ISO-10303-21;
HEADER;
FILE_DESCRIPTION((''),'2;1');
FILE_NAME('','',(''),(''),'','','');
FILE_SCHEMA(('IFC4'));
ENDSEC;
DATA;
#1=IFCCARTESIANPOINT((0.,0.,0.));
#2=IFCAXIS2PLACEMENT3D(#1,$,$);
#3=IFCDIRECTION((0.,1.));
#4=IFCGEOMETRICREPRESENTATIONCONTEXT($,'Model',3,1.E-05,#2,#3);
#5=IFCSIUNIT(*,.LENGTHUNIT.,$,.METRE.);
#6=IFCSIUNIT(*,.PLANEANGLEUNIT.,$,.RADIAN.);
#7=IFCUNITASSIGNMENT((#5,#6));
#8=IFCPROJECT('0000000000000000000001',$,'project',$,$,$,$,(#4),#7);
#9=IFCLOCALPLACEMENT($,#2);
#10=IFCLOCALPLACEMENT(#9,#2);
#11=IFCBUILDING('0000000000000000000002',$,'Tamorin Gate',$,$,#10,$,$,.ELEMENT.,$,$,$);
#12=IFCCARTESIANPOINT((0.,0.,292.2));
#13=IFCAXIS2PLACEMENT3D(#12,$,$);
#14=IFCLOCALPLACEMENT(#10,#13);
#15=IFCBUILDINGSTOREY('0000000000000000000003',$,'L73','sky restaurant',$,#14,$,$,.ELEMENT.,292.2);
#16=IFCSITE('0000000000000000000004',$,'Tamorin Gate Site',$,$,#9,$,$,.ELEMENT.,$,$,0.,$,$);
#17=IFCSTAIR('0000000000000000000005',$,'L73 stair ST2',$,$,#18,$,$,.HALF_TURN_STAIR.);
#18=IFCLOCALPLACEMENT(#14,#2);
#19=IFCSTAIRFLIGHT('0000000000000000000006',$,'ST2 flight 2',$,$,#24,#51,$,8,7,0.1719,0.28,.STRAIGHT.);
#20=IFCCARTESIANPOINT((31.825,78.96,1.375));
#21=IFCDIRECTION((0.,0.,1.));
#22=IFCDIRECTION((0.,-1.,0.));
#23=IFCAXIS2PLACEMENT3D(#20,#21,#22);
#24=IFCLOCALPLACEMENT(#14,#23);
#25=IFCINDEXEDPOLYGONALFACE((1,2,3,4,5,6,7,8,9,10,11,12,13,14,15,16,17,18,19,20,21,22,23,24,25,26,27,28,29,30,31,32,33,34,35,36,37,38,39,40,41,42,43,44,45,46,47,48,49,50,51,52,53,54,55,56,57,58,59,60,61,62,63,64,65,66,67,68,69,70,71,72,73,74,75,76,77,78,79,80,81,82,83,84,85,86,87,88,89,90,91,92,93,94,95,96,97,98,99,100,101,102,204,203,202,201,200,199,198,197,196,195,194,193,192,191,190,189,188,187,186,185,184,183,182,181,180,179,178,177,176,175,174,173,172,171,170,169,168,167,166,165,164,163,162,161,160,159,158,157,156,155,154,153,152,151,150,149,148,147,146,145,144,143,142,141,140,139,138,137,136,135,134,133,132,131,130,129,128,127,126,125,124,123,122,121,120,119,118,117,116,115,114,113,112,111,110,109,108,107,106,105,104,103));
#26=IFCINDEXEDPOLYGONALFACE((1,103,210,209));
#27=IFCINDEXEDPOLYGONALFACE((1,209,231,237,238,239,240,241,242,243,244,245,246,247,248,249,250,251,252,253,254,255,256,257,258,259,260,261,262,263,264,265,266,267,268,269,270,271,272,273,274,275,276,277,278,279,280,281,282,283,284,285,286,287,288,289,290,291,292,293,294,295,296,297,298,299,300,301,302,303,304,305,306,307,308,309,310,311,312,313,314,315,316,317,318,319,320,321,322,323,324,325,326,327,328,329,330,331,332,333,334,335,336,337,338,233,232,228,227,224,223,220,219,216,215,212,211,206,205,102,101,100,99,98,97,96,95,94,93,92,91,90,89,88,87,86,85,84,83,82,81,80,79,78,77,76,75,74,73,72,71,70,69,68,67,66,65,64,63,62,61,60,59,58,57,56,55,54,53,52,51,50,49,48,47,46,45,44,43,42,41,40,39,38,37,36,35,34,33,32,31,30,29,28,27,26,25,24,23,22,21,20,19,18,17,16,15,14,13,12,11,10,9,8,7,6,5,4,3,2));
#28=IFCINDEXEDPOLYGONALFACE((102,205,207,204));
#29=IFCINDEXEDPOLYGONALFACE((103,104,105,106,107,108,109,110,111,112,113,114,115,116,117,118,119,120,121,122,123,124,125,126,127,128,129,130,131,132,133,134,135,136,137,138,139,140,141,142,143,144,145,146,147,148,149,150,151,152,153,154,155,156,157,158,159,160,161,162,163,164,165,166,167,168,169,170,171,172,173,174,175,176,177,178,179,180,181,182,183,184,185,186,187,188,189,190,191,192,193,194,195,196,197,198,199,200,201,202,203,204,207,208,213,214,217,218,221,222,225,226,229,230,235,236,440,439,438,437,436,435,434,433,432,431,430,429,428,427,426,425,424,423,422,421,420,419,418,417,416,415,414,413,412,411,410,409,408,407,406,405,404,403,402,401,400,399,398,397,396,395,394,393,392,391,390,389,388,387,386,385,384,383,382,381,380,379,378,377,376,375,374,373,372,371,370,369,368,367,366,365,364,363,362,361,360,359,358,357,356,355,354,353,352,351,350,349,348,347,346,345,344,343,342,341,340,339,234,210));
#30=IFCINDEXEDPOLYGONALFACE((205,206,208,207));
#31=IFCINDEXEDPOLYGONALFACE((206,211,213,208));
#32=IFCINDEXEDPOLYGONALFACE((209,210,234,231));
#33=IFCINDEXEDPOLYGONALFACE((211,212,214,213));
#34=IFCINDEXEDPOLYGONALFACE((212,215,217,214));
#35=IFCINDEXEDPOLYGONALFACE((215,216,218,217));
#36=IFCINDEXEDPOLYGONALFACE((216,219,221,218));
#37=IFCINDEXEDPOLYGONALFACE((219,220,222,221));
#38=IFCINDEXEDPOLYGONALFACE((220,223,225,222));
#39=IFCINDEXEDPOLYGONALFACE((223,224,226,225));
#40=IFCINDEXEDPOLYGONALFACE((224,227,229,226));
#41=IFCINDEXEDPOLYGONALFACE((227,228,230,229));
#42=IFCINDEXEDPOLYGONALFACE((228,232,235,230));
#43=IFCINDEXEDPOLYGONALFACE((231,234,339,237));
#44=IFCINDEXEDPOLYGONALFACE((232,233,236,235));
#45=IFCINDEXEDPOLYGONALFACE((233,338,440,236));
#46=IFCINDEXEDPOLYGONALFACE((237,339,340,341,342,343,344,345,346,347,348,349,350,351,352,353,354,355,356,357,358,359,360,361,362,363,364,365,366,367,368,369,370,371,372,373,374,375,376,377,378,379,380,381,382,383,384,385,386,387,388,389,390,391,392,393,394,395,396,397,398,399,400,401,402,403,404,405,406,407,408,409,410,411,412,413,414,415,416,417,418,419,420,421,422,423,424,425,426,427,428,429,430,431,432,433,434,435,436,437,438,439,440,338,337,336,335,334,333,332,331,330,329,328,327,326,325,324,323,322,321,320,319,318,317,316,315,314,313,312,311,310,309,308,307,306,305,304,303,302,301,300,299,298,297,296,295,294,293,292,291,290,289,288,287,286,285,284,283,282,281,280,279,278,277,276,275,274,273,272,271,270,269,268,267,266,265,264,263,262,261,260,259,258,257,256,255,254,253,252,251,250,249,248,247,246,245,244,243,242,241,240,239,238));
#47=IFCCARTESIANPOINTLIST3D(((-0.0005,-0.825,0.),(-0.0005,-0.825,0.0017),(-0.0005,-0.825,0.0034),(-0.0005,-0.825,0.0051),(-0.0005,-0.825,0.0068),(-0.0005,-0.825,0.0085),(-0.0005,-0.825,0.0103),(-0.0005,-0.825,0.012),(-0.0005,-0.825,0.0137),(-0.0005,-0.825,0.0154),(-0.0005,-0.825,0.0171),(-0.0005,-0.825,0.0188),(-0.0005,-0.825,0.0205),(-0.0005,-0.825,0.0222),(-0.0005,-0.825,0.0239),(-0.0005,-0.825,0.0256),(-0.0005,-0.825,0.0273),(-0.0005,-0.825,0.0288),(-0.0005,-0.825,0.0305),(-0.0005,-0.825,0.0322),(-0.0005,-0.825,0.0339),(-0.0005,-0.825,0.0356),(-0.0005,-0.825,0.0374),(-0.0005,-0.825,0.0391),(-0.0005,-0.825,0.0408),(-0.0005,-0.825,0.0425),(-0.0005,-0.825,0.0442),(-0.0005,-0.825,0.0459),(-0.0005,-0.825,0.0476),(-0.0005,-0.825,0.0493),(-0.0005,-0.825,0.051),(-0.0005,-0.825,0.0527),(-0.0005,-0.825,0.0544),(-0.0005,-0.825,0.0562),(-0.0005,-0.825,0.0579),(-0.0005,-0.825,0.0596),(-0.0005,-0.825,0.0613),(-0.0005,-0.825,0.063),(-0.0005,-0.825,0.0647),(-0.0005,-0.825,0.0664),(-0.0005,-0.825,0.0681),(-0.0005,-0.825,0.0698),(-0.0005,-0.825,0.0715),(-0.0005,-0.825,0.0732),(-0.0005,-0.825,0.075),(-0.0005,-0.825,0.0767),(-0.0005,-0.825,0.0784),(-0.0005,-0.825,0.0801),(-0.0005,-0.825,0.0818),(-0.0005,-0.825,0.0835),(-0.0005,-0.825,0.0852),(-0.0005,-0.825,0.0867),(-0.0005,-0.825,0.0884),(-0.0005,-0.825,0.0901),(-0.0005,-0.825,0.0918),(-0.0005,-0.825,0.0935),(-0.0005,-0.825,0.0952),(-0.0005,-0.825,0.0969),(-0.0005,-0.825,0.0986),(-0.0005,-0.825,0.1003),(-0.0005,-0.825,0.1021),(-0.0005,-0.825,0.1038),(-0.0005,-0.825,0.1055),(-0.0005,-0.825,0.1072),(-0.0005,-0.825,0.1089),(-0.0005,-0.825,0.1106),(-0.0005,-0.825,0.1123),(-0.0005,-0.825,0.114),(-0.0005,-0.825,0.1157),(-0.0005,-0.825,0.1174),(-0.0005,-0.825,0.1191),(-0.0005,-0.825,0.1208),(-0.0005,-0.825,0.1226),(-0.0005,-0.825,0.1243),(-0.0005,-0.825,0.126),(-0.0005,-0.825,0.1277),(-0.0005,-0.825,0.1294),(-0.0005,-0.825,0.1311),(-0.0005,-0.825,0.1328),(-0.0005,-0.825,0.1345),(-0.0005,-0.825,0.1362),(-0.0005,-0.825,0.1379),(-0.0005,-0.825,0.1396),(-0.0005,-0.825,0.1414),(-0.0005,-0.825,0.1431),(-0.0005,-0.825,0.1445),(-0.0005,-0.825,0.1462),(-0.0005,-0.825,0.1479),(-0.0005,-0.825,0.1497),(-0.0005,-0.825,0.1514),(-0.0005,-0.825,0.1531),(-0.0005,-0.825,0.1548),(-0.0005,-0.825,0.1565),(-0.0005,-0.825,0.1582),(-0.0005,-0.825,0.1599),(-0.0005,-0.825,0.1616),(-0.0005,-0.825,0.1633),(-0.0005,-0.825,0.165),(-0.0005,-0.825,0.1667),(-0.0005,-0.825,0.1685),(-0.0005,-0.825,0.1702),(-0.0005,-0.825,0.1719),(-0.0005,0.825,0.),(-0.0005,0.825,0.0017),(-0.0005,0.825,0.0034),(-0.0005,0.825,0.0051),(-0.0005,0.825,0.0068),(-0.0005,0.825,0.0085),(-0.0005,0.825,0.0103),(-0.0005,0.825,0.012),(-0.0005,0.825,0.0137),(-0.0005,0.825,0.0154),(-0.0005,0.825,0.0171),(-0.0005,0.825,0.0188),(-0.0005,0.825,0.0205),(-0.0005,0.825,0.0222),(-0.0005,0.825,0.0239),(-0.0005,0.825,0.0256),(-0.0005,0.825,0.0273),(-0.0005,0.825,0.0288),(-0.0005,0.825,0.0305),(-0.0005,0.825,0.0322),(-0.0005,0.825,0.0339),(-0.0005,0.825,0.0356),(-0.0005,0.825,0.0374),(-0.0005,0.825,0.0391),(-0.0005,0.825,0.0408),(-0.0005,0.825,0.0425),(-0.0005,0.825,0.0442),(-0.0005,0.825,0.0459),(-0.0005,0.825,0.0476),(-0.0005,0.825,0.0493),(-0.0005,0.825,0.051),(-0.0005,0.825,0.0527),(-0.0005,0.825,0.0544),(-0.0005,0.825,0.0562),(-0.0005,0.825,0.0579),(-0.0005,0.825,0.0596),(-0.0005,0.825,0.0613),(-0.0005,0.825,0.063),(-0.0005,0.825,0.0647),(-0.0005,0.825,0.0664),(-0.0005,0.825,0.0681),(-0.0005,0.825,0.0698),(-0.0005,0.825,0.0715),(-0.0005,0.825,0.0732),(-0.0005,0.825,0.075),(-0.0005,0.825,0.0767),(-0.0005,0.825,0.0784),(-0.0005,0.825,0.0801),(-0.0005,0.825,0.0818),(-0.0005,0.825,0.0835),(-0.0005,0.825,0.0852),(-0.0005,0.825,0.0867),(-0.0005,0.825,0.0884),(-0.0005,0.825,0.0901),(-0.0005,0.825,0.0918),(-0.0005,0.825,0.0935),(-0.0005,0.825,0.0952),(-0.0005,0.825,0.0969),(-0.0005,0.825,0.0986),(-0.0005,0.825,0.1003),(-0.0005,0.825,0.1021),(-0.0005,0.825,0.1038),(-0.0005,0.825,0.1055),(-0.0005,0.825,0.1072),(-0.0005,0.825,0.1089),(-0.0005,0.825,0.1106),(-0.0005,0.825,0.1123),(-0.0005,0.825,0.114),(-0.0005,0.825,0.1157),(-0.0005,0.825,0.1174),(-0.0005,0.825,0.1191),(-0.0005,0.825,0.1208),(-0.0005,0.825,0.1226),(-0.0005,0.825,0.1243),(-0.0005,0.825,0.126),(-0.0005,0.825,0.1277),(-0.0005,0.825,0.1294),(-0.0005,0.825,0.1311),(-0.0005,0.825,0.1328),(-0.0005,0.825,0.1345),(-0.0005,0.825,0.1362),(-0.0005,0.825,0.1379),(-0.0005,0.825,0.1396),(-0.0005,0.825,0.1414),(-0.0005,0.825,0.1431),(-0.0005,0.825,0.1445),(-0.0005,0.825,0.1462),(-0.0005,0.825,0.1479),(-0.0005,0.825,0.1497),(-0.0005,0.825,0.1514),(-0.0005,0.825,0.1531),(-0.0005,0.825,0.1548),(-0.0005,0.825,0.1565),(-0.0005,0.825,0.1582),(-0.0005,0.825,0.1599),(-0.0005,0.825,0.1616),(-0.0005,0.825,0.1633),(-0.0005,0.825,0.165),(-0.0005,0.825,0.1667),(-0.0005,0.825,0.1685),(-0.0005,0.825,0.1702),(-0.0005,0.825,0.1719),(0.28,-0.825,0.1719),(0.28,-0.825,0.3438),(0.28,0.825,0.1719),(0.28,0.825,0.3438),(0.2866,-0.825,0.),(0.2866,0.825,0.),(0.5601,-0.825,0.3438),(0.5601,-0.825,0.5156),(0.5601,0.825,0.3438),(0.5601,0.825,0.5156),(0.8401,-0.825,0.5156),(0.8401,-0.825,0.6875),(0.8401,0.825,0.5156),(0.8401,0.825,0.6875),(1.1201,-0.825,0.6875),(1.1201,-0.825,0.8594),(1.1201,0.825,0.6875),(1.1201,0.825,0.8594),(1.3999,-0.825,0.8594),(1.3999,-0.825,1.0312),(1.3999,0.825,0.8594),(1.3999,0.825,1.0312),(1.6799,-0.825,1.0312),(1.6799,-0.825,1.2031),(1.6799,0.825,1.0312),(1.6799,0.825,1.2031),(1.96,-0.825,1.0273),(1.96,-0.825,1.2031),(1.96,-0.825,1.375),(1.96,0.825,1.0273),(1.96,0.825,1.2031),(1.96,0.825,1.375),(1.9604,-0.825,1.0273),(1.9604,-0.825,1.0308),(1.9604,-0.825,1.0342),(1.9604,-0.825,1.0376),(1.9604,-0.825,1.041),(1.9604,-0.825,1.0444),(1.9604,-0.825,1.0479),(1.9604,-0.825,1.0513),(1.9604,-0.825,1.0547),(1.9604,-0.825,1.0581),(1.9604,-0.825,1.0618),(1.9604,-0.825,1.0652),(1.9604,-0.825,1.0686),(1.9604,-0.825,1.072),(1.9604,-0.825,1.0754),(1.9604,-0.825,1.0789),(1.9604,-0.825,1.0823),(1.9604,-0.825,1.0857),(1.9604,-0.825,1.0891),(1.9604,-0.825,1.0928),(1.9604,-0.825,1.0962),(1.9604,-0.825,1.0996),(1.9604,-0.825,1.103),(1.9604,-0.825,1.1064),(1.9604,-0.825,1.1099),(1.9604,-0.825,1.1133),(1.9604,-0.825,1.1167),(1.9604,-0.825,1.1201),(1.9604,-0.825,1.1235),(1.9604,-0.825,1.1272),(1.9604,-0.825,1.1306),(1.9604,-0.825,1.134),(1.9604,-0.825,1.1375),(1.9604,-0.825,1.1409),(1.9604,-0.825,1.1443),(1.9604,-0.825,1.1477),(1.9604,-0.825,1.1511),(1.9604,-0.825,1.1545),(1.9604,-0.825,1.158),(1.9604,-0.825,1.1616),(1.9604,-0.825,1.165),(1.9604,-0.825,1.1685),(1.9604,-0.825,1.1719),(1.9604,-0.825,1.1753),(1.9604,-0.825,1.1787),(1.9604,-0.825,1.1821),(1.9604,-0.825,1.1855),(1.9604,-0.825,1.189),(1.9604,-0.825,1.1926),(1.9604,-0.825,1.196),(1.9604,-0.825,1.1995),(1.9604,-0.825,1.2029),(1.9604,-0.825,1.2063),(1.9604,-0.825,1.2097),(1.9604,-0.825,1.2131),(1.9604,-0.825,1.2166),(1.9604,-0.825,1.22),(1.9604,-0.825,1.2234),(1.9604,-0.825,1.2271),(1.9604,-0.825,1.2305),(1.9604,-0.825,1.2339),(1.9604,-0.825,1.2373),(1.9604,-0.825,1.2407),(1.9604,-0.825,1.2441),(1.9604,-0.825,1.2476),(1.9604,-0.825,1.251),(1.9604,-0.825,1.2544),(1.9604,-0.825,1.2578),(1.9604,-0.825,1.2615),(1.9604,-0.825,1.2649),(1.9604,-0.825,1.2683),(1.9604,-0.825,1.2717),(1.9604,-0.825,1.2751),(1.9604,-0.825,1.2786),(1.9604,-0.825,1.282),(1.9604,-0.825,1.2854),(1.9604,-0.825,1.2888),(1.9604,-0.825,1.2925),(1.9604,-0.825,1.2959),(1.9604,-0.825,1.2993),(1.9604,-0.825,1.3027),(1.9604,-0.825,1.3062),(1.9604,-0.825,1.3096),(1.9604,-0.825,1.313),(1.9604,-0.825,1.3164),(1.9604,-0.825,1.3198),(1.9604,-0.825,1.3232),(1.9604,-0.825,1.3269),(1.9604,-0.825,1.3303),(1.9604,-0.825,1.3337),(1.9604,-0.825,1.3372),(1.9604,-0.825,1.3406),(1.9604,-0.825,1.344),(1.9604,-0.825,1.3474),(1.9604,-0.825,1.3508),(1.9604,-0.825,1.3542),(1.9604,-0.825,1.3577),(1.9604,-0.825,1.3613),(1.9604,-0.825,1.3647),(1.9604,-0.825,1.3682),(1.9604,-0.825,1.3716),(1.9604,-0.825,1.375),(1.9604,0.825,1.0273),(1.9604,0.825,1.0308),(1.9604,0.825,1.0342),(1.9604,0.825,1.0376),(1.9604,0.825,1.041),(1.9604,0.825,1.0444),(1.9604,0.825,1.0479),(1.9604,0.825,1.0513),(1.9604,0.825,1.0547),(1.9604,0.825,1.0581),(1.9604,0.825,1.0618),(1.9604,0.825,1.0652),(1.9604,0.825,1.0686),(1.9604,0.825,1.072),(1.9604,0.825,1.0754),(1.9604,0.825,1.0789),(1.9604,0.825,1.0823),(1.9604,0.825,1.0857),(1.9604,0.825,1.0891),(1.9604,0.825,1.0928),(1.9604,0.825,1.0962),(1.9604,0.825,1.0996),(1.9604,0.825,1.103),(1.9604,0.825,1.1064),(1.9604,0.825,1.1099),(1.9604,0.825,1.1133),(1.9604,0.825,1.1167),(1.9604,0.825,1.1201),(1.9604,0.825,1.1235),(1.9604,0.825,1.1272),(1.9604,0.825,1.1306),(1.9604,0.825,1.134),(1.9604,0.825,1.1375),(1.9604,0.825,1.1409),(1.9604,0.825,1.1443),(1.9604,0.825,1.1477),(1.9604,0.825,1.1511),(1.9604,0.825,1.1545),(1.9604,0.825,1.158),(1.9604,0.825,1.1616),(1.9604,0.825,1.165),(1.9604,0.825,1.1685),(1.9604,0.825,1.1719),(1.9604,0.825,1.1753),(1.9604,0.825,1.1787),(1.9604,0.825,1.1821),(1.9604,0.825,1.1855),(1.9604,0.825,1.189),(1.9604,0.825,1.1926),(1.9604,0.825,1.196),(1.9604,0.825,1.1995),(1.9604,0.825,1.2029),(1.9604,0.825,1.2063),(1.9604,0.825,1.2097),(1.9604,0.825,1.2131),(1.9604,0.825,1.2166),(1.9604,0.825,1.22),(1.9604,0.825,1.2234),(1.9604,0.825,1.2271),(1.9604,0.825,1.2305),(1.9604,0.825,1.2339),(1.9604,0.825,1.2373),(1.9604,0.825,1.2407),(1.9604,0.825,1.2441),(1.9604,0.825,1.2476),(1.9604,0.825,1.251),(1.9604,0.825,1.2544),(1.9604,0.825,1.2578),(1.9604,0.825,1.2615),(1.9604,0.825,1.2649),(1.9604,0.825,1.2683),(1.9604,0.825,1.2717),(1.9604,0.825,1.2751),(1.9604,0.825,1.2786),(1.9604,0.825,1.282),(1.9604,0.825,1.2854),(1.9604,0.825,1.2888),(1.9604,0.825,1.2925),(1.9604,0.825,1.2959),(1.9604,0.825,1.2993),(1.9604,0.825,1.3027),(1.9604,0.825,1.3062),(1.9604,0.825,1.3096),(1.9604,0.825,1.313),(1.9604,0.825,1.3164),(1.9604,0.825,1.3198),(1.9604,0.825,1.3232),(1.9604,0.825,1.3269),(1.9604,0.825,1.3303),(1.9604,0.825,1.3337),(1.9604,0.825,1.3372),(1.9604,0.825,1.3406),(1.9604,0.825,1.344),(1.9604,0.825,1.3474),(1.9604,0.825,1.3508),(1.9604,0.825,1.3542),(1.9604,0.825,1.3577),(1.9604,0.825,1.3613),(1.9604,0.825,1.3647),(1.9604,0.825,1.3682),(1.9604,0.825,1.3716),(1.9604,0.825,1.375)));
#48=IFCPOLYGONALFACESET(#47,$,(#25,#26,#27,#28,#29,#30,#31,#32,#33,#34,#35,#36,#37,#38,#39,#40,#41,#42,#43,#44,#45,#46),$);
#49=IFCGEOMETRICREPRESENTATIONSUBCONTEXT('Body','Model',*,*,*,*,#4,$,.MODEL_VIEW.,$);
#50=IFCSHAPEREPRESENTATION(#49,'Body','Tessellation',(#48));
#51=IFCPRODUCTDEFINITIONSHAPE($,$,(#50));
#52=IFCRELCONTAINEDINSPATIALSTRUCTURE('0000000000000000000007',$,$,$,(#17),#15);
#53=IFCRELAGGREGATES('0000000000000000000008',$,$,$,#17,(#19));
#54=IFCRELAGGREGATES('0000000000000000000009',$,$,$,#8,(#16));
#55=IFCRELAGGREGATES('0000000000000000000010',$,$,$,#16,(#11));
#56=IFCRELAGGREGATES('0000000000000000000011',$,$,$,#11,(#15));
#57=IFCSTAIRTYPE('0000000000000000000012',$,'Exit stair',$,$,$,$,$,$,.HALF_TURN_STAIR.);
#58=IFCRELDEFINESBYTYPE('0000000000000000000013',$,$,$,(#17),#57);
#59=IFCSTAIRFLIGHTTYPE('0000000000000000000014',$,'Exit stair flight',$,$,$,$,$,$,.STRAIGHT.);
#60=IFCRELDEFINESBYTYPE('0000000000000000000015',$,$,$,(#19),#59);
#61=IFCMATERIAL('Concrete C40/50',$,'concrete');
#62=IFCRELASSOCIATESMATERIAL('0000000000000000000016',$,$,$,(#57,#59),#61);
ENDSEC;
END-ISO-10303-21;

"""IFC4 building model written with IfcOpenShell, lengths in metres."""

from ifc_helpers import new_model, si_unit, direction, frame, origin, place, context, subcontext, project, spatial, polyline, outline, extrude, material, type_object, element, aggregate, save


model = new_model("IFC4")

# Units and contexts
model_context = context("Model", 3, precision=1e-05, world=origin(), true_north=direction((0.0, 1.0)))
body_context = subcontext(model_context, "Body", "Model", "MODEL_VIEW")
ifc_project = project(units=[si_unit("LENGTHUNIT", "METRE"), si_unit("PLANEANGLEUNIT", "RADIAN")], contexts=[model_context])

# Site, building, storey
site_placement = place(None, origin())
site = spatial("IfcSite", under=ifc_project, at=site_placement, Name="Tamorin Gate Site", CompositionType="ELEMENT", RefElevation=0.0)
building_placement = place(site_placement, origin())
building = spatial("IfcBuilding", under=site, at=building_placement, Name="Tamorin Gate", CompositionType="ELEMENT")
storey_placement = place(building_placement, frame((0.0, 0.0, 292.2)))
storey = spatial("IfcBuildingStorey", under=building, at=storey_placement, Name="L73", Description="sky restaurant", CompositionType="ELEMENT", Elevation=292.2)

# Shared definitions
ifc_material_1 = material(Name="Concrete C40/50", Category="concrete")

# Stair, stair flight
stair_type = type_object("IfcStairType", Name="Exit stair", PredefinedType="HALF_TURN_STAIR", material=ifc_material_1)
stair_placement = place(storey_placement, origin())
stair = element("IfcStair", 1, at=stair_placement, inside=storey, type_object=stair_type, Name="L73 stair ST2", PredefinedType="HALF_TURN_STAIR")
stair_flight_type = type_object("IfcStairFlightType", Name="Exit stair flight", PredefinedType="STRAIGHT", material=ifc_material_1)
stair_flight_1_placement = place(storey_placement, frame((31.825, 78.96, 1.375), z_axis=(0.0, 0.0, 1.0), x_axis=(0.0, -1.0, 0.0)))
stair_flight_1 = element("IfcStairFlight", 2, at=stair_flight_1_placement, type_object=stair_flight_type, Name="ST2 flight 2", NumberOfRisers=8, NumberOfTreads=7, PredefinedType="STRAIGHT", RiserHeight=0.1719, TreadLength=0.28, context=body_context, shape_type="SweptSolid", body=[
    extrude(outline(polyline([(-0.0005, 0.0), (-0.0005, 0.0017), (-0.0005, 0.0034), (-0.0005, 0.0051), (-0.0005, 0.0068), (-0.0005, 0.0085), (-0.0005, 0.0103), (-0.0005, 0.012), (-0.0005, 0.0137), (-0.0005, 0.0154), (-0.0005, 0.0171), (-0.0005, 0.0188), (-0.0005, 0.0205), (-0.0005, 0.0222), (-0.0005, 0.0239), (-0.0005, 0.0256), (-0.0005, 0.0273), (-0.0005, 0.0288), (-0.0005, 0.0305), (-0.0005, 0.0322), (-0.0005, 0.0339), (-0.0005, 0.0356), (-0.0005, 0.0374), (-0.0005, 0.0391), (-0.0005, 0.0408), (-0.0005, 0.0425), (-0.0005, 0.0442), (-0.0005, 0.0459), (-0.0005, 0.0476), (-0.0005, 0.0493), (-0.0005, 0.051), (-0.0005, 0.0527), (-0.0005, 0.0544), (-0.0005, 0.0562), (-0.0005, 0.0579), (-0.0005, 0.0596), (-0.0005, 0.0613), (-0.0005, 0.063), (-0.0005, 0.0647), (-0.0005, 0.0664), (-0.0005, 0.0681), (-0.0005, 0.0698), (-0.0005, 0.0715), (-0.0005, 0.0732), (-0.0005, 0.075), (-0.0005, 0.0767), (-0.0005, 0.0784), (-0.0005, 0.0801), (-0.0005, 0.0818), (-0.0005, 0.0835), (-0.0005, 0.0852), (-0.0005, 0.0867), (-0.0005, 0.0884), (-0.0005, 0.0901), (-0.0005, 0.0918), (-0.0005, 0.0935), (-0.0005, 0.0952), (-0.0005, 0.0969), (-0.0005, 0.0986), (-0.0005, 0.1003), (-0.0005, 0.1021), (-0.0005, 0.1038), (-0.0005, 0.1055), (-0.0005, 0.1072), (-0.0005, 0.1089), (-0.0005, 0.1106), (-0.0005, 0.1123), (-0.0005, 0.114), (-0.0005, 0.1157), (-0.0005, 0.1174), (-0.0005, 0.1191), (-0.0005, 0.1208), (-0.0005, 0.1226), (-0.0005, 0.1243), (-0.0005, 0.126), (-0.0005, 0.1277), (-0.0005, 0.1294), (-0.0005, 0.1311), (-0.0005, 0.1328), (-0.0005, 0.1345), (-0.0005, 0.1362), (-0.0005, 0.1379), (-0.0005, 0.1396), (-0.0005, 0.1414), (-0.0005, 0.1431), (-0.0005, 0.1445), (-0.0005, 0.1462), (-0.0005, 0.1479), (-0.0005, 0.1497), (-0.0005, 0.1514), (-0.0005, 0.1531), (-0.0005, 0.1548), (-0.0005, 0.1565), (-0.0005, 0.1582), (-0.0005, 0.1599), (-0.0005, 0.1616), (-0.0005, 0.1633), (-0.0005, 0.165), (-0.0005, 0.1667), (-0.0005, 0.1685), (-0.0005, 0.1702), (-0.0005, 0.1719), (0.28, 0.1719), (0.28, 0.3438), (0.5601, 0.3438), (0.5601, 0.5156), (0.8401, 0.5156), (0.8401, 0.6875), (1.1201, 0.6875), (1.1201, 0.8594), (1.3999, 0.8594), (1.3999, 1.0312), (1.6799, 1.0312), (1.6799, 1.2031), (1.96, 1.2031), (1.96, 1.375), (1.9604, 1.375), (1.9604, 1.3716), (1.9604, 1.3682), (1.9604, 1.3647), (1.9604, 1.3613), (1.9604, 1.3577), (1.9604, 1.3542), (1.9604, 1.3508), (1.9604, 1.3474), (1.9604, 1.344), (1.9604, 1.3406), (1.9604, 1.3372), (1.9604, 1.3337), (1.9604, 1.3303), (1.9604, 1.3269), (1.9604, 1.3232), (1.9604, 1.3198), (1.9604, 1.3164), (1.9604, 1.313), (1.9604, 1.3096), (1.9604, 1.3062), (1.9604, 1.3027), (1.9604, 1.2993), (1.9604, 1.2959), (1.9604, 1.2925), (1.9604, 1.2888), (1.9604, 1.2854), (1.9604, 1.282), (1.9604, 1.2786), (1.9604, 1.2751), (1.9604, 1.2717), (1.9604, 1.2683), (1.9604, 1.2649), (1.9604, 1.2615), (1.9604, 1.2578), (1.9604, 1.2544), (1.9604, 1.251), (1.9604, 1.2476), (1.9604, 1.2441), (1.9604, 1.2407), (1.9604, 1.2373), (1.9604, 1.2339), (1.9604, 1.2305), (1.9604, 1.2271), (1.9604, 1.2234), (1.9604, 1.22), (1.9604, 1.2166), (1.9604, 1.2131), (1.9604, 1.2097), (1.9604, 1.2063), (1.9604, 1.2029), (1.9604, 1.1995), (1.9604, 1.196), (1.9604, 1.1926), (1.9604, 1.189), (1.9604, 1.1855), (1.9604, 1.1821), (1.9604, 1.1787), (1.9604, 1.1753), (1.9604, 1.1719), (1.9604, 1.1685), (1.9604, 1.165), (1.9604, 1.1616), (1.9604, 1.158), (1.9604, 1.1545), (1.9604, 1.1511), (1.9604, 1.1477), (1.9604, 1.1443), (1.9604, 1.1409), (1.9604, 1.1375), (1.9604, 1.134), (1.9604, 1.1306), (1.9604, 1.1272), (1.9604, 1.1235), (1.9604, 1.1201), (1.9604, 1.1167), (1.9604, 1.1133), (1.9604, 1.1099), (1.9604, 1.1064), (1.9604, 1.103), (1.9604, 1.0996), (1.9604, 1.0962), (1.9604, 1.0928), (1.9604, 1.0891), (1.9604, 1.0857), (1.9604, 1.0823), (1.9604, 1.0789), (1.9604, 1.0754), (1.9604, 1.072), (1.9604, 1.0686), (1.9604, 1.0652), (1.9604, 1.0618), (1.9604, 1.0581), (1.9604, 1.0547), (1.9604, 1.0513), (1.9604, 1.0479), (1.9604, 1.0444), (1.9604, 1.041), (1.9604, 1.0376), (1.9604, 1.0342), (1.9604, 1.0308), (1.9604, 1.0273), (1.96, 1.0273), (0.2866, 0.0), (-0.0005, 0.0)])), frame((0.0, 0.825, 0.0), z_axis=(0.0, -1.0, 0.0), x_axis=(1.0, 0.0, 0.0)), (0.0, 0.0, 1.0), 1.6499),
])
aggregate(stair, [stair_flight_1])

save(model, "model.ifc")
